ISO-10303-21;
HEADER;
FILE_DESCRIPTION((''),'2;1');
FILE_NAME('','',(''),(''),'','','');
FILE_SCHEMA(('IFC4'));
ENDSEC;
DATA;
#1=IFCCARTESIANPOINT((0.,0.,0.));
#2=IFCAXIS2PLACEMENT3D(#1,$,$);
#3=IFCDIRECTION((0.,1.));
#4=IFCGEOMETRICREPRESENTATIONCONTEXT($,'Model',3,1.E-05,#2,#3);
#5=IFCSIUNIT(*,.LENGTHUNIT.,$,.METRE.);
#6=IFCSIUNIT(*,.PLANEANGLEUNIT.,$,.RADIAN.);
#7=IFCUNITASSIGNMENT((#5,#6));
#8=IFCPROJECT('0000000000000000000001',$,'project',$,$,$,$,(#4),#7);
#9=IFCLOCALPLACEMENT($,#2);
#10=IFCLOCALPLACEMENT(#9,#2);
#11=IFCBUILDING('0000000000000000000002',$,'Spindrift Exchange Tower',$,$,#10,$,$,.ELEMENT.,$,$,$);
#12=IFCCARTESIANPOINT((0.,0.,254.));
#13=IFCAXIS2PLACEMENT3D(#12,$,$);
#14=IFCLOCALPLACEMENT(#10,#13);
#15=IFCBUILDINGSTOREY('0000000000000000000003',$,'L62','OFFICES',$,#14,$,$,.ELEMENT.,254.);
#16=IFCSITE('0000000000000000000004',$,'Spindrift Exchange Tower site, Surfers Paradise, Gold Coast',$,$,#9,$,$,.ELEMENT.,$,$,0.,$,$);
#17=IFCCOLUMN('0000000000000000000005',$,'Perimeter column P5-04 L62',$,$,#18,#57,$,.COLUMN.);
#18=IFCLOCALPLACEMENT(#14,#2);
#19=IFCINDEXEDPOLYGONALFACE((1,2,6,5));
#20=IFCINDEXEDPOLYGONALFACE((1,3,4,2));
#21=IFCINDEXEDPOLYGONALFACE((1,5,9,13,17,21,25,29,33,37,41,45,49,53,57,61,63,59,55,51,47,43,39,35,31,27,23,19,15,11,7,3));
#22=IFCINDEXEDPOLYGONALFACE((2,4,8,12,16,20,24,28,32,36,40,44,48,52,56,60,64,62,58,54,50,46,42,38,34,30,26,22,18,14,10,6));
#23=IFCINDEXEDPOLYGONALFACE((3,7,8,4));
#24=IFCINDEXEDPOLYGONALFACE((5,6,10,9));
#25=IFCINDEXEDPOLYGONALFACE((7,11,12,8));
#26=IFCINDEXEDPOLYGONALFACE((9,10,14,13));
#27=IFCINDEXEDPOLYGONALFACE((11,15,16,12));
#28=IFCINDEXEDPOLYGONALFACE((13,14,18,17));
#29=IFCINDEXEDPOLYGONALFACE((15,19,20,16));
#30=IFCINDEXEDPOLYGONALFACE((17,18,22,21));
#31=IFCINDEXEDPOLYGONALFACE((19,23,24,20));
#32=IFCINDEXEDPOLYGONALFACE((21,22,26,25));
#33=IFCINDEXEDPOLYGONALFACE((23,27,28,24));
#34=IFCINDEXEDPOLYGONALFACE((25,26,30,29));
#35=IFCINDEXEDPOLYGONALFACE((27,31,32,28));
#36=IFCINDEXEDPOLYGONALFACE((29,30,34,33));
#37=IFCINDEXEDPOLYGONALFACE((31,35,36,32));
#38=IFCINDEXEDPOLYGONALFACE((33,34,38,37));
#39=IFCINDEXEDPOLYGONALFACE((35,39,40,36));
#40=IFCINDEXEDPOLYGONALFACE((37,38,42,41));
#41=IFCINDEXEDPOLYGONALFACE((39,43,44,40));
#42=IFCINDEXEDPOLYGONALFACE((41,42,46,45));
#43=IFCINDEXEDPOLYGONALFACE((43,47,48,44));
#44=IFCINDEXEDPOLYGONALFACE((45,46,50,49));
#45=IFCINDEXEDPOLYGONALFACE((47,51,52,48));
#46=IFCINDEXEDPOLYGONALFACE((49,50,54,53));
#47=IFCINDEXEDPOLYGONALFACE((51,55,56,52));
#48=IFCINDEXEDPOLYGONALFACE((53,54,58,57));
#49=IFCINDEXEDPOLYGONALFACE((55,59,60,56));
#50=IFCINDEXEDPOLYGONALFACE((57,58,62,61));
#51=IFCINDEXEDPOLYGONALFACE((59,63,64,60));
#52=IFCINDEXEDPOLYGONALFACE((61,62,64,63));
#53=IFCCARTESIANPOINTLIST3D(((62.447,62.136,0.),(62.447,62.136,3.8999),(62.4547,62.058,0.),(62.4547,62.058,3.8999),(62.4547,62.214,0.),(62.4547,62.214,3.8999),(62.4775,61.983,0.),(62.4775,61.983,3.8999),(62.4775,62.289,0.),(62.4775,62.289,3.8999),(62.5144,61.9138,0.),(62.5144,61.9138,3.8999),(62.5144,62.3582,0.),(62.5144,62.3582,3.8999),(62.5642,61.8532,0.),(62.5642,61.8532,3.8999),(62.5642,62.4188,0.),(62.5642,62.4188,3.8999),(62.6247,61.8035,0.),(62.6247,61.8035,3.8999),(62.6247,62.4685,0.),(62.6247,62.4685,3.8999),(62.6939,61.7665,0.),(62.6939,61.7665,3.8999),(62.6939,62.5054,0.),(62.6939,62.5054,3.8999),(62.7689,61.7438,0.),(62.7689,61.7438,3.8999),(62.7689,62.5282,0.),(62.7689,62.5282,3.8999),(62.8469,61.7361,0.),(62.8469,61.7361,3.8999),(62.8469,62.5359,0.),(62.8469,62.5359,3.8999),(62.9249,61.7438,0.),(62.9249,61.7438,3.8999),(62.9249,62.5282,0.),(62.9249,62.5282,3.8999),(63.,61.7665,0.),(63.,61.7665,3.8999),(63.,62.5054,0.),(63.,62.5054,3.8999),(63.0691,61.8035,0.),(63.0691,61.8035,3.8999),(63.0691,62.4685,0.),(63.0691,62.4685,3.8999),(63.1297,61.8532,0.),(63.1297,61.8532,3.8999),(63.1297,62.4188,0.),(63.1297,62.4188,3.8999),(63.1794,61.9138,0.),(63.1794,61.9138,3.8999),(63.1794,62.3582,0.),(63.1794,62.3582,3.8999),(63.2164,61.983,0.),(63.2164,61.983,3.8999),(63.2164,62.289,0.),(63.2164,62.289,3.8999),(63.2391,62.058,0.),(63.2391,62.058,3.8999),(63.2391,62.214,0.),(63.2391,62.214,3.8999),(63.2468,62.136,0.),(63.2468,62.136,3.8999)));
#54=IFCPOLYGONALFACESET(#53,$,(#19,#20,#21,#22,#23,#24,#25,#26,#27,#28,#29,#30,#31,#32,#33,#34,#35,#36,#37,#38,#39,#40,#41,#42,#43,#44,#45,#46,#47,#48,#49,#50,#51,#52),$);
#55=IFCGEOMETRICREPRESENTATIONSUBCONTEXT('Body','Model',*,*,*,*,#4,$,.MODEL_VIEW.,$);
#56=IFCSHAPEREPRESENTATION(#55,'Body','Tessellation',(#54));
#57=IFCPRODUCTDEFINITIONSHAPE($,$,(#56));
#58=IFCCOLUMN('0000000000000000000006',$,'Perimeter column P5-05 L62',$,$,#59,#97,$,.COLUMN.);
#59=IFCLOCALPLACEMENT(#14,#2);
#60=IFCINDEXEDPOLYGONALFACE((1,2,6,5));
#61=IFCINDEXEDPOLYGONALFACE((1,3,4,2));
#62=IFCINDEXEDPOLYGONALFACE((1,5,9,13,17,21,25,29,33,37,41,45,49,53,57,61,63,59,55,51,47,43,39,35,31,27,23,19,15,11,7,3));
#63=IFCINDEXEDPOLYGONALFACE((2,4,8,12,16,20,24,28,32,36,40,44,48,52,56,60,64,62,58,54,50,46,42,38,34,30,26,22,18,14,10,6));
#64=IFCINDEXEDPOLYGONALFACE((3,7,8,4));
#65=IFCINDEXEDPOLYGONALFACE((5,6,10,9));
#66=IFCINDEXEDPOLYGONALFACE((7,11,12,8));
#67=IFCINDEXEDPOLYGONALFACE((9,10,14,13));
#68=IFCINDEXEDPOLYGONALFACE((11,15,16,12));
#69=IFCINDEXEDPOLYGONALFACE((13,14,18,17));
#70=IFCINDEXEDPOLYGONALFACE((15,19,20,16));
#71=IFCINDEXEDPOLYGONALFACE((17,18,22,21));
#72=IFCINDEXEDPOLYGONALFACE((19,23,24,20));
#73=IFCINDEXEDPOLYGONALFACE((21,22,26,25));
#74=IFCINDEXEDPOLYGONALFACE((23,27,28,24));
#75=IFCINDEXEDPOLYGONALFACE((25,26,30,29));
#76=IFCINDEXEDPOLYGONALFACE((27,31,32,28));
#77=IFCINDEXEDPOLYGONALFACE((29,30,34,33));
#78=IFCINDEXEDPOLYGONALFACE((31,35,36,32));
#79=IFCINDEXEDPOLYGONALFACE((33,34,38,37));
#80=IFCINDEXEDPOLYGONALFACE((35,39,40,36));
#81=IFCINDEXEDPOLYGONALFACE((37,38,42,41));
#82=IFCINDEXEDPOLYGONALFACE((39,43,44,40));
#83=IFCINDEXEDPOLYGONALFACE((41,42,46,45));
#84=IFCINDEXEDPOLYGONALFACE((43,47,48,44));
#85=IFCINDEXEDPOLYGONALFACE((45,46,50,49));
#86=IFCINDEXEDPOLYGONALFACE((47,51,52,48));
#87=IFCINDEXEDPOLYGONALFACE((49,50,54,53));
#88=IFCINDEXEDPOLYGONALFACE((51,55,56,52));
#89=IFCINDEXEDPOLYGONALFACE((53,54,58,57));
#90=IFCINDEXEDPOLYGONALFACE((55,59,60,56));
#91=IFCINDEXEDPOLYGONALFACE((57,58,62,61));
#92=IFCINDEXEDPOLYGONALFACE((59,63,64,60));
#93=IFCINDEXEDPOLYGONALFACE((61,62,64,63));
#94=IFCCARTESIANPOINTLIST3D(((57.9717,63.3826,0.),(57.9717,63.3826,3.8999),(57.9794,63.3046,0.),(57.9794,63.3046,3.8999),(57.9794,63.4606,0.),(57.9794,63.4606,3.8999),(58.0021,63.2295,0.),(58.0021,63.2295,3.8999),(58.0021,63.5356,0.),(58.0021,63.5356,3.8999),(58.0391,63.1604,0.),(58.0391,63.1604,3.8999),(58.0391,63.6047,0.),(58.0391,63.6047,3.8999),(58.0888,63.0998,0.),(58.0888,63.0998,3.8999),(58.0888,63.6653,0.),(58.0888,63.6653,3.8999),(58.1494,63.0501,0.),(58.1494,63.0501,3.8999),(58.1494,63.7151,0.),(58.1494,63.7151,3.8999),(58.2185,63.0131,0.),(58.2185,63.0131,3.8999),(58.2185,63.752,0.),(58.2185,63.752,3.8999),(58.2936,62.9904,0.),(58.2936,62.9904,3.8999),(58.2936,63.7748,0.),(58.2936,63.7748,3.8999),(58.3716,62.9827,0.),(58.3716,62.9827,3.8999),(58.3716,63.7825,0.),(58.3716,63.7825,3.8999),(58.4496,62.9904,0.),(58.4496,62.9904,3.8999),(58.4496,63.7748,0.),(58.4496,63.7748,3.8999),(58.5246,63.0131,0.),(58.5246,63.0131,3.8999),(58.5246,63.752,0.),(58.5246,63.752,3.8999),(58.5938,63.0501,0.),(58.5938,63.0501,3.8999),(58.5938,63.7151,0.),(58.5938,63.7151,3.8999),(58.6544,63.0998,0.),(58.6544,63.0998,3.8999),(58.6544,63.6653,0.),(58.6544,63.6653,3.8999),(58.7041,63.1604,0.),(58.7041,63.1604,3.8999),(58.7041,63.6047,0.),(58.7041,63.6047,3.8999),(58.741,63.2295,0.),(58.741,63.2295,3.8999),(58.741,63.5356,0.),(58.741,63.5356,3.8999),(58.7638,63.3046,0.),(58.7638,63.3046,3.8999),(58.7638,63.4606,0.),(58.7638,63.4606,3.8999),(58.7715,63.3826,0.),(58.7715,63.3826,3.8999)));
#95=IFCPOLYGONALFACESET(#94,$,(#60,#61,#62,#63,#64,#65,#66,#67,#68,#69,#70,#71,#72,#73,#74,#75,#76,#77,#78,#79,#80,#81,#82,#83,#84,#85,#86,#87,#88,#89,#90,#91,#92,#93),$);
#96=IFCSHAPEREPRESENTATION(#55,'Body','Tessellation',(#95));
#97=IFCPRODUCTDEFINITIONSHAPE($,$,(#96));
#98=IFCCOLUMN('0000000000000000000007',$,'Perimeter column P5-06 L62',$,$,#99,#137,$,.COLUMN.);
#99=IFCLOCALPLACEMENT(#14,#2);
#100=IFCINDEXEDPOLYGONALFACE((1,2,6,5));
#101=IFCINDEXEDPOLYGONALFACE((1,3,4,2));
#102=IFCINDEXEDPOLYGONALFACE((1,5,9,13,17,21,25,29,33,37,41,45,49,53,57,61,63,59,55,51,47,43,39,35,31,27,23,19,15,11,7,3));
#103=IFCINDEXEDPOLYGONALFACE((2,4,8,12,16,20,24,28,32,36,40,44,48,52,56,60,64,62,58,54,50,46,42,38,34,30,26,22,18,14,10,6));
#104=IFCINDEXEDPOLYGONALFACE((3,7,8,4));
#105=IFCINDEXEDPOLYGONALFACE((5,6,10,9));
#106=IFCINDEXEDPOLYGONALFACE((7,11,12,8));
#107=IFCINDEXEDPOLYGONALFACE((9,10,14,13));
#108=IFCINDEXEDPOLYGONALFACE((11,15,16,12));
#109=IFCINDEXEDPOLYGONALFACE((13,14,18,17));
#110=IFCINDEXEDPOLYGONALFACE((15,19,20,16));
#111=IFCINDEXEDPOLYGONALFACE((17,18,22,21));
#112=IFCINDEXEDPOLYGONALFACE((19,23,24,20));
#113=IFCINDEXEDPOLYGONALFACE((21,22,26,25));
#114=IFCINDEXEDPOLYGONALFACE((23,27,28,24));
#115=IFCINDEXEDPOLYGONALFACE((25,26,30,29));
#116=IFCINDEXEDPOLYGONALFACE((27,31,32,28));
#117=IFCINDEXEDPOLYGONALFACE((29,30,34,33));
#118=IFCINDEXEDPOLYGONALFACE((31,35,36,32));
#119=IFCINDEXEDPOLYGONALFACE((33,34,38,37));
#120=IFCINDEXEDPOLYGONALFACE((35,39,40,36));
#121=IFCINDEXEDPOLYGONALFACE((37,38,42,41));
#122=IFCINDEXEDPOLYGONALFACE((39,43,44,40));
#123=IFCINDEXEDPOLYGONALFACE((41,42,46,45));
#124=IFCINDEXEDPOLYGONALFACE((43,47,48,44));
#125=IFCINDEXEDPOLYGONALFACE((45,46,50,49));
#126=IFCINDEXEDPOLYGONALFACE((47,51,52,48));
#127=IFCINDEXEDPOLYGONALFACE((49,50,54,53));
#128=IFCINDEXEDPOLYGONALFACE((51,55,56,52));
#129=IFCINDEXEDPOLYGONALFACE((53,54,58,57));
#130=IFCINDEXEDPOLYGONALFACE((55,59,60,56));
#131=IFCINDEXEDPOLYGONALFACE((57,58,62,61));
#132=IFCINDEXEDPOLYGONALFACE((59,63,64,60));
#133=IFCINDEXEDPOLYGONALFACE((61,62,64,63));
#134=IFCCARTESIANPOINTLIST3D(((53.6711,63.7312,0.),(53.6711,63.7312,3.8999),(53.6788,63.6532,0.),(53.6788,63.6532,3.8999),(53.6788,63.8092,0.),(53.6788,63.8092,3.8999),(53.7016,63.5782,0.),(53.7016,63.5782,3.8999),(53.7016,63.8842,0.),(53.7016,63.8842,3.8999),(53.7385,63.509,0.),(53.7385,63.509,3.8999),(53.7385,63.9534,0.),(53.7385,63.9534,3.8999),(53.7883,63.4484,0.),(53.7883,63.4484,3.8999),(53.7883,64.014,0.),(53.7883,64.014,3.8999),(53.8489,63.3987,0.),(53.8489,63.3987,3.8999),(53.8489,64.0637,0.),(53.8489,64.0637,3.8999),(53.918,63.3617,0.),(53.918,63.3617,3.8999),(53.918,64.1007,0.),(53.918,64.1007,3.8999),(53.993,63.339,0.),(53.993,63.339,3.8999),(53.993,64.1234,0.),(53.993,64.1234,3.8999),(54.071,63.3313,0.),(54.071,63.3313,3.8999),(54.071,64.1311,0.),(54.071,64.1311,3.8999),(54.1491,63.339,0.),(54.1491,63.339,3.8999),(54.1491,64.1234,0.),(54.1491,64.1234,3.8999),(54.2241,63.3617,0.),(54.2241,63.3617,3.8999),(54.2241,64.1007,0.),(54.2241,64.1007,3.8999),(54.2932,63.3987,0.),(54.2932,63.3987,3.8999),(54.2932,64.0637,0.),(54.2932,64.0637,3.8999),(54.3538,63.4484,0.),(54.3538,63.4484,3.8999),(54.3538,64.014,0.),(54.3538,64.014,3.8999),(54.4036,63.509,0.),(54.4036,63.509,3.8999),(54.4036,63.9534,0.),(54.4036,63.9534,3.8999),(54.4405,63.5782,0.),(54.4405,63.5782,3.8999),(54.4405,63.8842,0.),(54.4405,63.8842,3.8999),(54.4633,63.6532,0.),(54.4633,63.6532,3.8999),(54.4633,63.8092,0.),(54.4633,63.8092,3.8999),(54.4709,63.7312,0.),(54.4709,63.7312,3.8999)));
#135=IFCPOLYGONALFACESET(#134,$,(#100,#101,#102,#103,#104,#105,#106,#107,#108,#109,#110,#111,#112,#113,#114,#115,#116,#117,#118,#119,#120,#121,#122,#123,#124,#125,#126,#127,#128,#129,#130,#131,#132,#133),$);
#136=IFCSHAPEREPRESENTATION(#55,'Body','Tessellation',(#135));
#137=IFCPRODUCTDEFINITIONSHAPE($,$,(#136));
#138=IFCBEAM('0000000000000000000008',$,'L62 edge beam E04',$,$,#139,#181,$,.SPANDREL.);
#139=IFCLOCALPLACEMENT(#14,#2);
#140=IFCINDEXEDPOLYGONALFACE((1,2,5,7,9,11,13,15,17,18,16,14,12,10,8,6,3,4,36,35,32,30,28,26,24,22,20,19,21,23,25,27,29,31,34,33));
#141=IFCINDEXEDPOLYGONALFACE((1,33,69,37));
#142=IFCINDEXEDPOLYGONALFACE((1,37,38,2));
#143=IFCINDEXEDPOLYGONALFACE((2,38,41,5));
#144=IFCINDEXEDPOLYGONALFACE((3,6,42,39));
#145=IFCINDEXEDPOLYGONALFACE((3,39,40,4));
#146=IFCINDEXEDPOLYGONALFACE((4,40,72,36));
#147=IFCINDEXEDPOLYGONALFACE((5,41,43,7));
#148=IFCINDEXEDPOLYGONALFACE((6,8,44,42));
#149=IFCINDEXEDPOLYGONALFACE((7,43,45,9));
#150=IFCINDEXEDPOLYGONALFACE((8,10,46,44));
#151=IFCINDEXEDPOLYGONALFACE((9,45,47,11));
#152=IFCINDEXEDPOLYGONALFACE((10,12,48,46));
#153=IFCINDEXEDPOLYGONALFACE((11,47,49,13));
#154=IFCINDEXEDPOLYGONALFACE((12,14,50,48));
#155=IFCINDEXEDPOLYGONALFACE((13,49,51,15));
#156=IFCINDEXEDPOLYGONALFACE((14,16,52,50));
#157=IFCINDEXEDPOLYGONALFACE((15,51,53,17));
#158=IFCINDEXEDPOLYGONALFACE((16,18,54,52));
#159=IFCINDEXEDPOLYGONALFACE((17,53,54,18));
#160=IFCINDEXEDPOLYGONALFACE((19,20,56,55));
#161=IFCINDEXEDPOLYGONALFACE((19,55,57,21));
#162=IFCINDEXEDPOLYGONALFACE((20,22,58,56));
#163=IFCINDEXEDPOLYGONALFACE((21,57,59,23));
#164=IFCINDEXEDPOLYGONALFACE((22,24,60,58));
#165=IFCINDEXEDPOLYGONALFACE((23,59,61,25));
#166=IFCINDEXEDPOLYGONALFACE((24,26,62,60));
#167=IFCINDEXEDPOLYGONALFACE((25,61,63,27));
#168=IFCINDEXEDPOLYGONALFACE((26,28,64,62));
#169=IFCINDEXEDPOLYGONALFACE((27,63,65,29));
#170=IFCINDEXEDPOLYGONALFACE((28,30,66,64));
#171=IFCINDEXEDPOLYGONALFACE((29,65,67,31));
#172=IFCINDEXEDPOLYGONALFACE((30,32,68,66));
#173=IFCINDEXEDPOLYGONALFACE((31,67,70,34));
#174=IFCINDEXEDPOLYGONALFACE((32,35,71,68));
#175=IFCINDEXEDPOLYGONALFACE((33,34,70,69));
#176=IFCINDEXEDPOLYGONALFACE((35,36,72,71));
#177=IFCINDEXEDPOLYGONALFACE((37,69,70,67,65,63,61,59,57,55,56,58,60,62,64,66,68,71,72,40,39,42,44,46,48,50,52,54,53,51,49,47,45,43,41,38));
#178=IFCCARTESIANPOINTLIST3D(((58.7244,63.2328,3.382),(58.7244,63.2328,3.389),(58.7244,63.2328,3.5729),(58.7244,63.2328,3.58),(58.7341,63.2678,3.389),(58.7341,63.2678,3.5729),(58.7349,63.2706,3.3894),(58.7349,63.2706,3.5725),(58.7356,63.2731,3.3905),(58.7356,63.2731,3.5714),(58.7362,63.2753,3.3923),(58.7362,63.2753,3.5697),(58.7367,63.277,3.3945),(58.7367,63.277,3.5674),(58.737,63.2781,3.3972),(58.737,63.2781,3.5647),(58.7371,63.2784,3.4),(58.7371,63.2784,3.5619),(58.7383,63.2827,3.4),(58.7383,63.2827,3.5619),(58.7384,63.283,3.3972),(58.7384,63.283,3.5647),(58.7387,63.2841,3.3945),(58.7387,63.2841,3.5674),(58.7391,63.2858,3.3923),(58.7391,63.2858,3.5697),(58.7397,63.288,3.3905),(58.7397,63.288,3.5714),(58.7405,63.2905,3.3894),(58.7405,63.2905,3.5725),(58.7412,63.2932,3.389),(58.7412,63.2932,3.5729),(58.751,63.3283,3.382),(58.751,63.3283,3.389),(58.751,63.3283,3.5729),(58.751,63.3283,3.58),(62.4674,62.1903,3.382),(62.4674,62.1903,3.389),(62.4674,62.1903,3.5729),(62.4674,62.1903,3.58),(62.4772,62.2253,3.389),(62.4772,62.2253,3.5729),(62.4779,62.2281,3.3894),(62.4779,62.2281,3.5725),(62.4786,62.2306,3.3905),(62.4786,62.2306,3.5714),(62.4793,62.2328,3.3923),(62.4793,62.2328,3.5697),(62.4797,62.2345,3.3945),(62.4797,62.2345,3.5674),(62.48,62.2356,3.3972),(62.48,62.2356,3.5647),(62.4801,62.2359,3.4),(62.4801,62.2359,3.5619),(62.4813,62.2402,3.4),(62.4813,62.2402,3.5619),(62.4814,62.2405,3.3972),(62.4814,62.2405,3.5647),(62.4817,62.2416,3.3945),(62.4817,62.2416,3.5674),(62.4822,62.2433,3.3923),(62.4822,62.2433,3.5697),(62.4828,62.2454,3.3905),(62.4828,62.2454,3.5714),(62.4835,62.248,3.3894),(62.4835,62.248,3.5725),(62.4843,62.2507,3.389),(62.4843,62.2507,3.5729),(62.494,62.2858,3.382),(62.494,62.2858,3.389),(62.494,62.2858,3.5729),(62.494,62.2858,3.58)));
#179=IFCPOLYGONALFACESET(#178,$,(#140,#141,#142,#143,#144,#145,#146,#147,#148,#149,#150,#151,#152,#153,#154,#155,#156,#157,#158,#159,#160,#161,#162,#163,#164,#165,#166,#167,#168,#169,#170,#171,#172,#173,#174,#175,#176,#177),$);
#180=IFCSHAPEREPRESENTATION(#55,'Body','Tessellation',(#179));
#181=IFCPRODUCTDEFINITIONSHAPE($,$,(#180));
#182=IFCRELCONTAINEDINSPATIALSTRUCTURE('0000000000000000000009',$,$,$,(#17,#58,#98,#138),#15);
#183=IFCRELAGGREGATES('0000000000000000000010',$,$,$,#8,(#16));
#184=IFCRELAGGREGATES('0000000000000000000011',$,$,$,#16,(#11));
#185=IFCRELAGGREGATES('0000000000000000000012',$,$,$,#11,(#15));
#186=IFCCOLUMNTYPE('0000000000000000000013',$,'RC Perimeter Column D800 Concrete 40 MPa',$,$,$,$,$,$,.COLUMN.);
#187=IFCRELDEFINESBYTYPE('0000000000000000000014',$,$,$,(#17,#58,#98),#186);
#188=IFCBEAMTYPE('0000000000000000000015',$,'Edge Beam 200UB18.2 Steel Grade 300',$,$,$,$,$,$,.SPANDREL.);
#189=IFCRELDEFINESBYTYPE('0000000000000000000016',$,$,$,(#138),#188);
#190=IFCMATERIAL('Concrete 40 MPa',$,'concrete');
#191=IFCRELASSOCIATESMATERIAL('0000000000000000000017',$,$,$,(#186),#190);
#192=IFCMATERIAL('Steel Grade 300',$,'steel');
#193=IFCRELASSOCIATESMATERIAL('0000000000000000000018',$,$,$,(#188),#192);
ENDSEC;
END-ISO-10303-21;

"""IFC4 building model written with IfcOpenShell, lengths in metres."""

from ifc_helpers import new_model, si_unit, direction, frame, origin, origin_2d, place, context, subcontext, project, spatial, circle, i_section, extrude, source, transform, mapped, material, material_profile, profile_set, type_object, element, save


model = new_model("IFC4")

# Units and contexts
model_context = context("Model", 3, precision=1e-05, world=origin(), true_north=direction((0.0, 1.0)))
body_context = subcontext(model_context, "Body", "Model", "MODEL_VIEW")
ifc_project = project(units=[si_unit("LENGTHUNIT", "METRE"), si_unit("PLANEANGLEUNIT", "RADIAN")], contexts=[model_context])

# Site, building, storey
site_placement = place(None, origin())
site = spatial("IfcSite", under=ifc_project, at=site_placement, Name="Spindrift Exchange Tower site, Surfers Paradise, Gold Coast", CompositionType="ELEMENT", RefElevation=0.0)
building_placement = place(site_placement, origin())
building = spatial("IfcBuilding", under=site, at=building_placement, Name="Spindrift Exchange Tower", CompositionType="ELEMENT")
storey_placement = place(building_placement, frame((0.0, 0.0, 254.0)))
storey = spatial("IfcBuildingStorey", under=building, at=storey_placement, Name="L62", Description="OFFICES", CompositionType="ELEMENT", Elevation=254.0)

# Columns
ifc_material_1 = material(Name="Concrete 40 MPa", Category="concrete")
ifc_material_profile_1 = material_profile(ifc_material_1, circle(Radius=0.3999, at=origin_2d()), Name="RC D800")
ifc_profile_set_1 = profile_set([ifc_material_profile_1], Name="Concrete 40 MPa")
column_type = type_object("IfcColumnType", Name="RC Perimeter Column D800 Concrete 40 MPa", PredefinedType="COLUMN", material=ifc_profile_set_1)
shared_shape_1 = source(origin(), body_context, "Body", "SweptSolid", [
    extrude(circle(Radius=0.3999, at=origin_2d()), origin(), (0.0, 0.0, 1.0), 3.8999),
])
for number, where, z_axis, x_axis, name in (
    (1, (62.8469, 62.136, 0.0), (0.0, 0.0, 1.0), (1.0, 0.0, 0.0), "Perimeter column P5-04 L62"),
    (2, (58.3716, 63.3826, 0.0), (0.0, 0.0, 1.0), (1.0, 0.0, 0.0), "Perimeter column P5-05 L62"),
    (3, (54.071, 63.7312, 0.0), (0.0, 0.0, 1.0), (1.0, 0.0, 0.0), "Perimeter column P5-06 L62"),
):
    element("IfcColumn", number, at=place(storey_placement, frame(where, z_axis=z_axis, x_axis=x_axis)), inside=storey, type_object=column_type, Name=name, PredefinedType="COLUMN", context=body_context, shape_type="MappedRepresentation", body=[
        mapped(shared_shape_1, transform((0.0, 0.0, 0.0), scale=1.0)),
    ])

# Beam
ifc_material_2 = material(Name="Steel Grade 300", Category="steel")
ifc_material_profile_2 = material_profile(ifc_material_2, i_section(OverallWidth=0.0991, OverallDepth=0.198, WebThickness=0.0044, FlangeThickness=0.0071, FilletRadius=0.011, at=origin_2d()), Name="200UB18.2")
ifc_profile_set_2 = profile_set([ifc_material_profile_2], Name="Steel Grade 300")
beam_type_1 = type_object("IfcBeamType", Name="Edge Beam 200UB18.2 Steel Grade 300", PredefinedType="SPANDREL", material=ifc_profile_set_2)
shared_shape_2 = source(origin(), body_context, "Body", "SweptSolid", [
    extrude(i_section(OverallWidth=0.0991, OverallDepth=0.198, WebThickness=0.0044, FlangeThickness=0.0071, FilletRadius=0.011, at=origin_2d()), origin(), (0.0, 0.0, 1.0), 3.8855),
])
beam_1_placement = place(storey_placement, frame((62.4807, 62.238, 3.481), z_axis=(-0.963333, 0.268308, 0.0), x_axis=(-0.268308, -0.963333, 0.0)))
element("IfcBeam", 4, at=beam_1_placement, inside=storey, type_object=beam_type_1, Name="L62 edge beam E04", PredefinedType="SPANDREL", context=body_context, shape_type="MappedRepresentation", body=[
    mapped(shared_shape_2, transform((0.0, 0.0, 0.0), scale=1.0)),
])

save(model, "model.ifc")
